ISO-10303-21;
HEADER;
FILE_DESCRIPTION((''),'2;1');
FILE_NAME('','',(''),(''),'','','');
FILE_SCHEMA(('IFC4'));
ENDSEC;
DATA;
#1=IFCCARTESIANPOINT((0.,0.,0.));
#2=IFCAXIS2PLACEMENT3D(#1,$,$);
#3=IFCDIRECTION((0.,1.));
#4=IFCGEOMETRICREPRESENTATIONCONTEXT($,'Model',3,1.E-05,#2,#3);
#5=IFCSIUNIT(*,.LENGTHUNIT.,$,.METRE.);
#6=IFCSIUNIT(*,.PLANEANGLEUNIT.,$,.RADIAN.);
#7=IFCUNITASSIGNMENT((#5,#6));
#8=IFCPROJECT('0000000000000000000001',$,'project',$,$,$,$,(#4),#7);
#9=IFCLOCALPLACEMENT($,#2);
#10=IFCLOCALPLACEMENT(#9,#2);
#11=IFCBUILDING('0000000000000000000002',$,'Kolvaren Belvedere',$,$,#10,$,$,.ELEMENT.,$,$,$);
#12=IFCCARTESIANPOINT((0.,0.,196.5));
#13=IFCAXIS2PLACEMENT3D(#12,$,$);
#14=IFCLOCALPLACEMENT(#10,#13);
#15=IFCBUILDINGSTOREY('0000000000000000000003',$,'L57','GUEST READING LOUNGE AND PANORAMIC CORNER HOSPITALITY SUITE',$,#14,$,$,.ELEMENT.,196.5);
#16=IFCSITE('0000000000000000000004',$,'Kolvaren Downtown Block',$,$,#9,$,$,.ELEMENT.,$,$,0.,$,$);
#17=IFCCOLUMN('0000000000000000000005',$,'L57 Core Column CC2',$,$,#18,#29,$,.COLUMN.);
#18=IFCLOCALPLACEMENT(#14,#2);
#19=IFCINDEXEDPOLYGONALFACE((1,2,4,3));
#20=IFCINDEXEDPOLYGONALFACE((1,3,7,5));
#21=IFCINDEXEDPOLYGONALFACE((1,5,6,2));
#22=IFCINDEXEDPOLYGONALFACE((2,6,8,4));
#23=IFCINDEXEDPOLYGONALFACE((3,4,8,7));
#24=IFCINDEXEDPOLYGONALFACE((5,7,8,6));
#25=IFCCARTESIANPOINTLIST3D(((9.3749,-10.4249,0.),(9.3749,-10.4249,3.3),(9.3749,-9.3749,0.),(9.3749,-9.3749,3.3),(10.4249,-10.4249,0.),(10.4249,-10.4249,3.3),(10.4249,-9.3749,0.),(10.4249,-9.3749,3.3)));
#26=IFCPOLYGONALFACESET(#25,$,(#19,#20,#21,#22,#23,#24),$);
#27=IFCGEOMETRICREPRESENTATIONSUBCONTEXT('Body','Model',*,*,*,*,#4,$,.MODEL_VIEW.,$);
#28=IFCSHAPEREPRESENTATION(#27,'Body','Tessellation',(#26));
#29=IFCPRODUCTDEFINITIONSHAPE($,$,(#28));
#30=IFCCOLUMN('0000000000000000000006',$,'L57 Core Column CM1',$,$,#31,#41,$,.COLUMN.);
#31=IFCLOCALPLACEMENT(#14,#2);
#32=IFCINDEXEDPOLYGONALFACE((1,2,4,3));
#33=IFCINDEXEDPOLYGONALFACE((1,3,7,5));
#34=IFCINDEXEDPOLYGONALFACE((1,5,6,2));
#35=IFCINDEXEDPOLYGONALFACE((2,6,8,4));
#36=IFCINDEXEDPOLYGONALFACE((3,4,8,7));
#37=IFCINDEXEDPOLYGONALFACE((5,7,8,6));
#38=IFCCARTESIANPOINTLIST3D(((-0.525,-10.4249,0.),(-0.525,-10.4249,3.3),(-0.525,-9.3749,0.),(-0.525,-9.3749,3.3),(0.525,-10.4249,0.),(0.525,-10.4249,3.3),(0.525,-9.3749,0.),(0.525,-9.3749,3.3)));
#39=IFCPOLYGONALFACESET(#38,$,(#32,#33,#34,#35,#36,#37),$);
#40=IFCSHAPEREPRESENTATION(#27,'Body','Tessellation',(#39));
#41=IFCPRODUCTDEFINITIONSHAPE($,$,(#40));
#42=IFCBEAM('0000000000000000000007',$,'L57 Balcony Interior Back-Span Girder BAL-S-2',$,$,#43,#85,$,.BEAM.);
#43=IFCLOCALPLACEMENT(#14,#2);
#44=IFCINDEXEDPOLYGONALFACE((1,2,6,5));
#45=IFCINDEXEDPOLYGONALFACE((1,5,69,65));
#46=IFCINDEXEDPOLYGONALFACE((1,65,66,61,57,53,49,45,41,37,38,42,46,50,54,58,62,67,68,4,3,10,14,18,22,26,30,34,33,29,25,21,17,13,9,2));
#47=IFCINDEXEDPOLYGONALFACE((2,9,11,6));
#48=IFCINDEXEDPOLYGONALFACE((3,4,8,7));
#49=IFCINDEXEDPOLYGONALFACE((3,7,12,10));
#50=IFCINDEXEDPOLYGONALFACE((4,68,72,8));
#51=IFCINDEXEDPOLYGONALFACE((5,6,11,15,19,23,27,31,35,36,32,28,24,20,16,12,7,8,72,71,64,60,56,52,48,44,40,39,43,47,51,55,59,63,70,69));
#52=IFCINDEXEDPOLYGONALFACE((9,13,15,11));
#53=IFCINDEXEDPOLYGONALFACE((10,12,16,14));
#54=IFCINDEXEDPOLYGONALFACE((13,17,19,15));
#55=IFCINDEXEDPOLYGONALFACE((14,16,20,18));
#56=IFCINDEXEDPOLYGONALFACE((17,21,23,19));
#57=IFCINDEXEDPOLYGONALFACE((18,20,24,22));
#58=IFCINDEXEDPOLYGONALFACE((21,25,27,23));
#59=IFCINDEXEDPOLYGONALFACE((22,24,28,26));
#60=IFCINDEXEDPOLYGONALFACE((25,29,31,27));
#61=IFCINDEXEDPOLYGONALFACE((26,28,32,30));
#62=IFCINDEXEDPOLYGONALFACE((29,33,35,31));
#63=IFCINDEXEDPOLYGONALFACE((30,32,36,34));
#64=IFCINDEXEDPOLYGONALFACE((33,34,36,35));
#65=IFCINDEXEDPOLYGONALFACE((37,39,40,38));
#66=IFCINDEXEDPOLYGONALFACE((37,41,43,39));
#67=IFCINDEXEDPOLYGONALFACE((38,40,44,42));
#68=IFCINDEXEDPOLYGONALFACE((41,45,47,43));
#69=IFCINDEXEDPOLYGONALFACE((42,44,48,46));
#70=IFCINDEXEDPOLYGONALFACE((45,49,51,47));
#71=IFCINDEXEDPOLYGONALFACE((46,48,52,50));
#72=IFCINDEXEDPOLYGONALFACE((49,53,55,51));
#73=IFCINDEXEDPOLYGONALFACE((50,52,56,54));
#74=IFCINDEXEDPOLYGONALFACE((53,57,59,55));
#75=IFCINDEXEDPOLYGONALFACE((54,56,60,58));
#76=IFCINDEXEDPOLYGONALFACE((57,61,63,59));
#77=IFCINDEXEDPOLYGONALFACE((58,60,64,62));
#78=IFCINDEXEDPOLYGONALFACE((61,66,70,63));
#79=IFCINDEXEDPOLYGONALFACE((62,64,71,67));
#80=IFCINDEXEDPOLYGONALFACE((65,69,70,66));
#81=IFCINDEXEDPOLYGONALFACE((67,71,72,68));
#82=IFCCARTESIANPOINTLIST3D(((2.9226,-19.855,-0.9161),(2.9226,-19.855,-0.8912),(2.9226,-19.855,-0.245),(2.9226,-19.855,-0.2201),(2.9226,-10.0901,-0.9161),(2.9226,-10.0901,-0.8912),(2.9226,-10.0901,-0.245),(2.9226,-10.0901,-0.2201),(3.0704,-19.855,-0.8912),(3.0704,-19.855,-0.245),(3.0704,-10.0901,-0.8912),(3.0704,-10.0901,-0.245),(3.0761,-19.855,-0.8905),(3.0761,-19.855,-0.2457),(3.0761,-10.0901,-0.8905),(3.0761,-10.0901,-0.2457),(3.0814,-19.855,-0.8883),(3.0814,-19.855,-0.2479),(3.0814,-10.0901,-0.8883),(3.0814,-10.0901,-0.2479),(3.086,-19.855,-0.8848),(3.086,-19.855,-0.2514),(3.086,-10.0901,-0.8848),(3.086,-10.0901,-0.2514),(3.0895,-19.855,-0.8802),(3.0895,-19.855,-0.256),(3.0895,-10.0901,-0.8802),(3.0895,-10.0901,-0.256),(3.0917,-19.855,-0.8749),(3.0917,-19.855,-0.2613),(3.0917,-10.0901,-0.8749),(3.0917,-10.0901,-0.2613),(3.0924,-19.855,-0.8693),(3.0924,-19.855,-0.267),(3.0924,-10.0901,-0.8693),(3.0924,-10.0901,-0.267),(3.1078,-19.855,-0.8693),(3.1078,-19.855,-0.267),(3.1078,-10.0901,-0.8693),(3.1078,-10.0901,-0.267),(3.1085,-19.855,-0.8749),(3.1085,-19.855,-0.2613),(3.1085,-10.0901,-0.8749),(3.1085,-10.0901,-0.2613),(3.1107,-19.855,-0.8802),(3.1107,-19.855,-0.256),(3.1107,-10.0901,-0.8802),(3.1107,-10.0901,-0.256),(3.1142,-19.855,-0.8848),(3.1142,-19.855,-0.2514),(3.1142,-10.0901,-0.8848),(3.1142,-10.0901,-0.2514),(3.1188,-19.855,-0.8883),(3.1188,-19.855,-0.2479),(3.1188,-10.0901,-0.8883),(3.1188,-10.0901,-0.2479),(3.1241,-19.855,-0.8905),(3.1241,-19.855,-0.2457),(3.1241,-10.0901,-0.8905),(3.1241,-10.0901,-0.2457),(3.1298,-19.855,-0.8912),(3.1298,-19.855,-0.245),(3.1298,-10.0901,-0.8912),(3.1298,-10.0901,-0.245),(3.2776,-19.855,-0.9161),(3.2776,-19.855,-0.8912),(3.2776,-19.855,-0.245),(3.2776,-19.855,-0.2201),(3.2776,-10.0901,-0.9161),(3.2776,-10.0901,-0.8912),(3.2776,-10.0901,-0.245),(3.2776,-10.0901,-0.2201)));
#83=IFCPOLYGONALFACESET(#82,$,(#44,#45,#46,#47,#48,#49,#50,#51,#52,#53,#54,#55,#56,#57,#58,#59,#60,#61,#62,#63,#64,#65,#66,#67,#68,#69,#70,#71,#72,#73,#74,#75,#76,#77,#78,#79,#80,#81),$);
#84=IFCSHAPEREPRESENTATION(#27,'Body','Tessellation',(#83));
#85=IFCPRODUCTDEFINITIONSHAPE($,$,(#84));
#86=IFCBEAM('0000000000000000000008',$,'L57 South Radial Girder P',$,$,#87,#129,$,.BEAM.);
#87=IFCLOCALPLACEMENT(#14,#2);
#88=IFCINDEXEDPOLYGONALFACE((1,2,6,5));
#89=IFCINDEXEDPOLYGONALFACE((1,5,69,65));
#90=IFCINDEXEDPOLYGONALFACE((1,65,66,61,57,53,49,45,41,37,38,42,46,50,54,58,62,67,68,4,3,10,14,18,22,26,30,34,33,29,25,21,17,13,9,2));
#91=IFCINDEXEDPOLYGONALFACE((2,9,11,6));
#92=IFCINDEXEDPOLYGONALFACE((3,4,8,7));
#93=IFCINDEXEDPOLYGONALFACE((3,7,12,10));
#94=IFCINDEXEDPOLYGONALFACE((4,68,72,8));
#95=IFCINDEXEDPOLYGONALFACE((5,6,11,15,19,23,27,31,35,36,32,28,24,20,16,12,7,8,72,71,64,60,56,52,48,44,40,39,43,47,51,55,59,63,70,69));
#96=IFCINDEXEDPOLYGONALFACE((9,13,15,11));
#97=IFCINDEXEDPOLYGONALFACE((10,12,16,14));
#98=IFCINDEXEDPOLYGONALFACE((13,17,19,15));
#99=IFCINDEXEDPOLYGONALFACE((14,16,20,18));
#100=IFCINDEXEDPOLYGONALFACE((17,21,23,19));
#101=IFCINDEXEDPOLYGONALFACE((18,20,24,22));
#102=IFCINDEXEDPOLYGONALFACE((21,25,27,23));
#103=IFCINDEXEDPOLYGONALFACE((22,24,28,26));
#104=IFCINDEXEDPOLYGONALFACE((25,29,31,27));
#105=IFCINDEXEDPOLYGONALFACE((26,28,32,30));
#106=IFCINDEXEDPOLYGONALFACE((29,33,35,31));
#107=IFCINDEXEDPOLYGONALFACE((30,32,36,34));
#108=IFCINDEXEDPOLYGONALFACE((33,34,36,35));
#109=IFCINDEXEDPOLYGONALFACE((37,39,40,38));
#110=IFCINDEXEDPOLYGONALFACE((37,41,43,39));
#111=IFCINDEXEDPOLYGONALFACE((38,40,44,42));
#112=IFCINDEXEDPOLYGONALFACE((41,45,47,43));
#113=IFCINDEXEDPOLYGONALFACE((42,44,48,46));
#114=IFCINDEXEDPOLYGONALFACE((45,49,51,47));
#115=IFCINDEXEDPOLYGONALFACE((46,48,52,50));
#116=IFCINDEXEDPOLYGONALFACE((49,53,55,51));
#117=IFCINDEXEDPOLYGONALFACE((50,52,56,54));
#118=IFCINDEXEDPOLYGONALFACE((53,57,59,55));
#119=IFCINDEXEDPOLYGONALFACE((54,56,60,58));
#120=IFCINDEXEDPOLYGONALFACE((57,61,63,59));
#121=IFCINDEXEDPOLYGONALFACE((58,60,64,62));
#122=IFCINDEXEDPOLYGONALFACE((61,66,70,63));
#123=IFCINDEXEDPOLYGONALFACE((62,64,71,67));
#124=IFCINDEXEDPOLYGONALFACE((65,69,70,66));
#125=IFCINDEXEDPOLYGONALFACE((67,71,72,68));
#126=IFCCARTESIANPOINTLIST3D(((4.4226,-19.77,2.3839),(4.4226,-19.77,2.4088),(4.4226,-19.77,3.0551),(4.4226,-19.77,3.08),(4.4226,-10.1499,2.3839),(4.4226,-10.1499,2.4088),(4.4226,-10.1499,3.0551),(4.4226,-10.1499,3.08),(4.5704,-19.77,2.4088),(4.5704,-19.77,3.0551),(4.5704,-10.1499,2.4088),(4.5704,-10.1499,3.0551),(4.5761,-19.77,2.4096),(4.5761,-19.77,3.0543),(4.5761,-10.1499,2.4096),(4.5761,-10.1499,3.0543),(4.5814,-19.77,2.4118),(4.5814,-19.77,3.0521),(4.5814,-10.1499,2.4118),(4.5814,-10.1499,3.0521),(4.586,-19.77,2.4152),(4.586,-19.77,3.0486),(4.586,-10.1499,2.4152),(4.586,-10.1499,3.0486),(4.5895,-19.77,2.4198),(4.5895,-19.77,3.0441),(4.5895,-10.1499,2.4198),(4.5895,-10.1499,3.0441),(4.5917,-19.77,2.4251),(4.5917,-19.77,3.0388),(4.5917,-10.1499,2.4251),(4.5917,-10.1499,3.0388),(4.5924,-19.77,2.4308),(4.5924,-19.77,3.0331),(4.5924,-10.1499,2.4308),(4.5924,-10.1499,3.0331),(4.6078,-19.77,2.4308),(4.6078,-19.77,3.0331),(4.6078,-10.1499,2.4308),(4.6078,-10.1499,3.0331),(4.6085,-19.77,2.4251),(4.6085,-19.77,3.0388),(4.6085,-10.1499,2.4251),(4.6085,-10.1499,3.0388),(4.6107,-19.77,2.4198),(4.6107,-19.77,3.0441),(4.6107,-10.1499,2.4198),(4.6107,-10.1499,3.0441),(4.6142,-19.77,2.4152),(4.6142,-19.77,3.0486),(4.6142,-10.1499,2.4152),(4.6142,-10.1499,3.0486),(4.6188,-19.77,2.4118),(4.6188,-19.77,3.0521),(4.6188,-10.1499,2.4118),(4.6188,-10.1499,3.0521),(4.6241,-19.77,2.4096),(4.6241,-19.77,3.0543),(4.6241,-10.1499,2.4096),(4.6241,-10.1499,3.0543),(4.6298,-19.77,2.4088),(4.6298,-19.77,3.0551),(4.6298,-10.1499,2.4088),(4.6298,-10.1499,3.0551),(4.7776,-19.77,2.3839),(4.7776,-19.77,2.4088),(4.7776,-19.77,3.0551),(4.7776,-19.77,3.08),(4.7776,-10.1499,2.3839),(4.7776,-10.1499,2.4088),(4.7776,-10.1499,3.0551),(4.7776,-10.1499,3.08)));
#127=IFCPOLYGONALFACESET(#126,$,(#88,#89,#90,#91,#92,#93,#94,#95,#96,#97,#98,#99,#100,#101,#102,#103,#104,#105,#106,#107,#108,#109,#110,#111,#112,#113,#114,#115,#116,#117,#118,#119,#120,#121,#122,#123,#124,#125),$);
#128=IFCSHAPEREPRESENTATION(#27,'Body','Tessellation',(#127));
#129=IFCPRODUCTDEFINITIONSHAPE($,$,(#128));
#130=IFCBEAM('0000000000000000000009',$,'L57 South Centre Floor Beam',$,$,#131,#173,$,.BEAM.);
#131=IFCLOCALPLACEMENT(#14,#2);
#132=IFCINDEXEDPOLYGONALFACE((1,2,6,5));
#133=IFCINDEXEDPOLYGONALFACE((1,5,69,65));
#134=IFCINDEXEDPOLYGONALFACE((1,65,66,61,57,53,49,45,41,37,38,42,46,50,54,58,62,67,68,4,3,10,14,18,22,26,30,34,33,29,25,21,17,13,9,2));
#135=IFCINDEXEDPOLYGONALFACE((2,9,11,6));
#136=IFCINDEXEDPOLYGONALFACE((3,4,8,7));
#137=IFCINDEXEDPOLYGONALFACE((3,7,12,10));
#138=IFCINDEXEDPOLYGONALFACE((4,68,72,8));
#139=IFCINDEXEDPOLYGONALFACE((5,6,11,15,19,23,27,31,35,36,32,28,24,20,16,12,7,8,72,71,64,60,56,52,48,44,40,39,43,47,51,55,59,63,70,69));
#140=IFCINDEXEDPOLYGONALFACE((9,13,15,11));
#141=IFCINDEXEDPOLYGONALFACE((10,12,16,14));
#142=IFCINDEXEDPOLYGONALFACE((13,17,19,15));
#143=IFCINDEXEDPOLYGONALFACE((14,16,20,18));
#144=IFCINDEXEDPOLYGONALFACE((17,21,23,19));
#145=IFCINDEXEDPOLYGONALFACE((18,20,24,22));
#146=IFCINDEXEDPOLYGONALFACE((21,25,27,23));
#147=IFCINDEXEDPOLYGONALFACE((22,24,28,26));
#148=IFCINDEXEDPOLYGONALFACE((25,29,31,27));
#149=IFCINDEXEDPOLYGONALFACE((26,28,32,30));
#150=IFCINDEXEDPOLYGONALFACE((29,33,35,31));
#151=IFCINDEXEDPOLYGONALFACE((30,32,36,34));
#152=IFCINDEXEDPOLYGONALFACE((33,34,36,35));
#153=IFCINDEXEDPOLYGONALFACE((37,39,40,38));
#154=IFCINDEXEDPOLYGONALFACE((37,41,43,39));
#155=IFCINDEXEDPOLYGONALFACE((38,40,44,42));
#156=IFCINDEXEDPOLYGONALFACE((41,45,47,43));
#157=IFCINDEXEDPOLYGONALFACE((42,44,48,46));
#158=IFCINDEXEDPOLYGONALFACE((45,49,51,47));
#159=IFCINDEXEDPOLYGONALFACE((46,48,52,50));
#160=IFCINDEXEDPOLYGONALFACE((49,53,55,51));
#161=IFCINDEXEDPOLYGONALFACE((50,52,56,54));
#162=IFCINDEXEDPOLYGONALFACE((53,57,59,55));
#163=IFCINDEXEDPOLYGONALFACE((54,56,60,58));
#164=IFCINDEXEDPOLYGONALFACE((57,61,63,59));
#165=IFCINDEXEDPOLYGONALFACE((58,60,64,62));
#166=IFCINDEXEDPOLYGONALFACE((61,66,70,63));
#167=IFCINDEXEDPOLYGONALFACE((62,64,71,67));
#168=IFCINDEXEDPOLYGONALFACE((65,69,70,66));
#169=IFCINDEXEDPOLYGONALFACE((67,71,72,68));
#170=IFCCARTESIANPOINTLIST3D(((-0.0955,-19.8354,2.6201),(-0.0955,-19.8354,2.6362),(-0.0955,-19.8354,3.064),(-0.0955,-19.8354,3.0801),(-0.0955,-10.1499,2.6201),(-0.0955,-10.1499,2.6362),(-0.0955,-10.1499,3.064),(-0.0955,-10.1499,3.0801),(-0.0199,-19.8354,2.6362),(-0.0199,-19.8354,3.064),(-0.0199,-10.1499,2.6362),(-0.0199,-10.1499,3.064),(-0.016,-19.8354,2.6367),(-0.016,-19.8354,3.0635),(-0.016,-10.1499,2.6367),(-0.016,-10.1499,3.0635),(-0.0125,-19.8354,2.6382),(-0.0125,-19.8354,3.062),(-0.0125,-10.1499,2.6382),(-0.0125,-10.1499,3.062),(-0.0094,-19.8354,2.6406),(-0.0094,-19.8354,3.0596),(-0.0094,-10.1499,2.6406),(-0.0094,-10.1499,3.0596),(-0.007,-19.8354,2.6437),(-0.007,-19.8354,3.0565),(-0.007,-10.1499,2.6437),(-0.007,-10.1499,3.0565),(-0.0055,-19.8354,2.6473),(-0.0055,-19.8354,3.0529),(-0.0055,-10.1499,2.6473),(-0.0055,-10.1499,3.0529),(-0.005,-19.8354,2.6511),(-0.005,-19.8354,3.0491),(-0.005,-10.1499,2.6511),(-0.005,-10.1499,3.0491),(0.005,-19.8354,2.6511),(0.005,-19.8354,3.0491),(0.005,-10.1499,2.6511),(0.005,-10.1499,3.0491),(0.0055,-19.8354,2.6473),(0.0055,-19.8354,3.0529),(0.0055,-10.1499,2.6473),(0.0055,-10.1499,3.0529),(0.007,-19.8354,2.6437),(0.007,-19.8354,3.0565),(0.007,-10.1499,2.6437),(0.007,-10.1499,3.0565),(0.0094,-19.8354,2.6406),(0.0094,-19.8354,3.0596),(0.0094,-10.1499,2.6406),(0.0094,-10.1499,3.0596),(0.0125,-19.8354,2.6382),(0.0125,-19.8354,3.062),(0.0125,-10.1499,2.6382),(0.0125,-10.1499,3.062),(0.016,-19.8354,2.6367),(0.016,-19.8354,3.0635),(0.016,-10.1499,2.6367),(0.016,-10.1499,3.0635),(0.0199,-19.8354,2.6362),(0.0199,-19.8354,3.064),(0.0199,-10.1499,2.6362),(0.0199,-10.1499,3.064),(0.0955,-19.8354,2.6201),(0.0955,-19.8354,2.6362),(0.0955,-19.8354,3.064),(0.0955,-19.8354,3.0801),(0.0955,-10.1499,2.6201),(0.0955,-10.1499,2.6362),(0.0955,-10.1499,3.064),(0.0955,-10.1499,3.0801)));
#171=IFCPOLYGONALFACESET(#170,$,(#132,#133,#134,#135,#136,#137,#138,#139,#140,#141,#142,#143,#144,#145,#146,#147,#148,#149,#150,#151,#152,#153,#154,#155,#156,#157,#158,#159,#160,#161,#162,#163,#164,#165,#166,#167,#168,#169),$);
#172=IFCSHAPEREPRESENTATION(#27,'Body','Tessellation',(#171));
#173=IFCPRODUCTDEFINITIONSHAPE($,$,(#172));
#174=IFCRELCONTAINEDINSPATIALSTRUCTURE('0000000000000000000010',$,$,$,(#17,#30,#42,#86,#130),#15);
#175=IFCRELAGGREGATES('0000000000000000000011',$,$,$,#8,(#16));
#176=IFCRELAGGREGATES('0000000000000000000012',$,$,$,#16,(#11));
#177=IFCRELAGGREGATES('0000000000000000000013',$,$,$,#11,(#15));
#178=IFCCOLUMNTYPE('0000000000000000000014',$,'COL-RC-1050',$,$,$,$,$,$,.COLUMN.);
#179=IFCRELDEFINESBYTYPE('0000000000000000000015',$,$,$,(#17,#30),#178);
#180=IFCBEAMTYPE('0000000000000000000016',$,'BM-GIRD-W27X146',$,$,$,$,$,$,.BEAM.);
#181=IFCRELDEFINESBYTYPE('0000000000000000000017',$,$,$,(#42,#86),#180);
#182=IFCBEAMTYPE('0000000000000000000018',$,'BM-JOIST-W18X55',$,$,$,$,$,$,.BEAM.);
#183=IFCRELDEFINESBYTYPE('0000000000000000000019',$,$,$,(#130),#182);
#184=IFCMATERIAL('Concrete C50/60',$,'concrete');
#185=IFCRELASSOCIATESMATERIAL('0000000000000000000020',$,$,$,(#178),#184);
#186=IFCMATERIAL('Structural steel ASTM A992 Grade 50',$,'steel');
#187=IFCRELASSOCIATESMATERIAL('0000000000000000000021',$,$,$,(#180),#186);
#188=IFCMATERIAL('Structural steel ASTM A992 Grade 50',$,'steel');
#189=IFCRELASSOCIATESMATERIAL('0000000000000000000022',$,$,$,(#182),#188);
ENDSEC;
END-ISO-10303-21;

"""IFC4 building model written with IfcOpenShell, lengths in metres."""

from ifc_helpers import new_model, si_unit, direction, frame, origin, origin_2d, place, context, subcontext, project, spatial, rectangle, i_section, extrude, material, material_profile, profile_set, type_object, element, save


model = new_model("IFC4")

# Units and contexts
model_context = context("Model", 3, precision=1e-05, world=origin(), true_north=direction((0.0, 1.0)))
body_context = subcontext(model_context, "Body", "Model", "MODEL_VIEW")
ifc_project = project(units=[si_unit("LENGTHUNIT", "METRE"), si_unit("PLANEANGLEUNIT", "RADIAN")], contexts=[model_context])

# Site, building, storey
site_placement = place(None, origin())
site = spatial("IfcSite", under=ifc_project, at=site_placement, Name="Kolvaren Downtown Block", CompositionType="ELEMENT", RefElevation=0.0)
building_placement = place(site_placement, origin())
building = spatial("IfcBuilding", under=site, at=building_placement, Name="Kolvaren Belvedere", CompositionType="ELEMENT")
storey_placement = place(building_placement, frame((0.0, 0.0, 196.5)))
storey = spatial("IfcBuildingStorey", under=building, at=storey_placement, Name="L57", Description="GUEST READING LOUNGE AND PANORAMIC CORNER HOSPITALITY SUITE", CompositionType="ELEMENT", Elevation=196.5)

# Columns
ifc_material_1 = material(Name="Concrete C50/60", Category="concrete")
ifc_material_profile_1 = material_profile(ifc_material_1, rectangle(XDim=1.05, YDim=1.05, at=origin_2d()), Name="RC 1050X1050")
ifc_profile_set_1 = profile_set([ifc_material_profile_1], Name="Concrete C50/60")
column_type = type_object("IfcColumnType", Name="COL-RC-1050", PredefinedType="COLUMN", material=ifc_profile_set_1)
for number, where, z_axis, x_axis, name in (
    (1, (9.8999, -9.8999, 0.0), (0.0, 0.0, 1.0), (1.0, 0.0, 0.0), "L57 Core Column CC2"),
    (2, (0.0, -9.8999, 0.0), (0.0, 0.0, 1.0), (1.0, 0.0, 0.0), "L57 Core Column CM1"),
):
    element("IfcColumn", number, at=place(storey_placement, frame(where, z_axis=z_axis, x_axis=x_axis)), inside=storey, type_object=column_type, Name=name, PredefinedType="COLUMN", context=body_context, shape_type="SweptSolid", body=[
        extrude(rectangle(XDim=1.05, YDim=1.05, at=origin_2d()), origin(), (0.0, 0.0, 1.0), 3.3),
    ])

# Beams
ifc_material_2 = material(Name="Structural steel ASTM A992 Grade 50", Category="steel")
ifc_material_profile_2 = material_profile(ifc_material_2, i_section(OverallWidth=0.355, OverallDepth=0.696, WebThickness=0.0154, FlangeThickness=0.0249, FilletRadius=0.022, at=origin_2d()), Name="W27X146")
ifc_profile_set_2 = profile_set([ifc_material_profile_2], Name="Structural steel ASTM A992 Grade 50")
beam_type_1 = type_object("IfcBeamType", Name="BM-GIRD-W27X146", PredefinedType="BEAM", material=ifc_profile_set_2)
beam_1_placement = place(storey_placement, frame((3.1001, -10.0901, -0.5681), z_axis=(0.0, -1.0, 0.0), x_axis=(1.0, 0.0, 0.0)))
element("IfcBeam", 3, at=beam_1_placement, inside=storey, type_object=beam_type_1, Name="L57 Balcony Interior Back-Span Girder BAL-S-2", PredefinedType="BEAM", context=body_context, shape_type="SweptSolid", body=[
    extrude(i_section(OverallWidth=0.355, OverallDepth=0.696, WebThickness=0.0154, FlangeThickness=0.0249, FilletRadius=0.022, at=origin_2d()), origin(), (0.0, 0.0, 1.0), 9.7649),
])
beam_2_placement = place(storey_placement, frame((4.6001, -10.1499, 2.7319), z_axis=(0.0, -1.0, 0.0), x_axis=(1.0, 0.0, 0.0)))
element("IfcBeam", 4, at=beam_2_placement, inside=storey, type_object=beam_type_1, Name="L57 South Radial Girder P", PredefinedType="BEAM", context=body_context, shape_type="SweptSolid", body=[
    extrude(i_section(OverallWidth=0.355, OverallDepth=0.696, WebThickness=0.0154, FlangeThickness=0.0249, FilletRadius=0.022, at=origin_2d()), origin(), (0.0, 0.0, 1.0), 9.6201),
])
ifc_material_3 = material(Name="Structural steel ASTM A992 Grade 50", Category="steel")
ifc_material_profile_3 = material_profile(ifc_material_3, i_section(OverallWidth=0.1909, OverallDepth=0.46, WebThickness=0.01, FlangeThickness=0.0161, FilletRadius=0.0149, at=origin_2d()), Name="W18X55")
ifc_profile_set_3 = profile_set([ifc_material_profile_3], Name="Structural steel ASTM A992 Grade 50")
beam_type_2 = type_object("IfcBeamType", Name="BM-JOIST-W18X55", PredefinedType="BEAM", material=ifc_profile_set_3)
beam_3_placement = place(storey_placement, frame((0.0, -10.1499, 2.8501), z_axis=(0.0, -1.0, 0.0), x_axis=(1.0, 0.0, 0.0)))
element("IfcBeam", 5, at=beam_3_placement, inside=storey, type_object=beam_type_2, Name="L57 South Centre Floor Beam", PredefinedType="BEAM", context=body_context, shape_type="SweptSolid", body=[
    extrude(i_section(OverallWidth=0.1909, OverallDepth=0.46, WebThickness=0.01, FlangeThickness=0.0161, FilletRadius=0.0149, at=origin_2d()), origin(), (0.0, 0.0, 1.0), 9.6855),
])

save(model, "model.ifc")
